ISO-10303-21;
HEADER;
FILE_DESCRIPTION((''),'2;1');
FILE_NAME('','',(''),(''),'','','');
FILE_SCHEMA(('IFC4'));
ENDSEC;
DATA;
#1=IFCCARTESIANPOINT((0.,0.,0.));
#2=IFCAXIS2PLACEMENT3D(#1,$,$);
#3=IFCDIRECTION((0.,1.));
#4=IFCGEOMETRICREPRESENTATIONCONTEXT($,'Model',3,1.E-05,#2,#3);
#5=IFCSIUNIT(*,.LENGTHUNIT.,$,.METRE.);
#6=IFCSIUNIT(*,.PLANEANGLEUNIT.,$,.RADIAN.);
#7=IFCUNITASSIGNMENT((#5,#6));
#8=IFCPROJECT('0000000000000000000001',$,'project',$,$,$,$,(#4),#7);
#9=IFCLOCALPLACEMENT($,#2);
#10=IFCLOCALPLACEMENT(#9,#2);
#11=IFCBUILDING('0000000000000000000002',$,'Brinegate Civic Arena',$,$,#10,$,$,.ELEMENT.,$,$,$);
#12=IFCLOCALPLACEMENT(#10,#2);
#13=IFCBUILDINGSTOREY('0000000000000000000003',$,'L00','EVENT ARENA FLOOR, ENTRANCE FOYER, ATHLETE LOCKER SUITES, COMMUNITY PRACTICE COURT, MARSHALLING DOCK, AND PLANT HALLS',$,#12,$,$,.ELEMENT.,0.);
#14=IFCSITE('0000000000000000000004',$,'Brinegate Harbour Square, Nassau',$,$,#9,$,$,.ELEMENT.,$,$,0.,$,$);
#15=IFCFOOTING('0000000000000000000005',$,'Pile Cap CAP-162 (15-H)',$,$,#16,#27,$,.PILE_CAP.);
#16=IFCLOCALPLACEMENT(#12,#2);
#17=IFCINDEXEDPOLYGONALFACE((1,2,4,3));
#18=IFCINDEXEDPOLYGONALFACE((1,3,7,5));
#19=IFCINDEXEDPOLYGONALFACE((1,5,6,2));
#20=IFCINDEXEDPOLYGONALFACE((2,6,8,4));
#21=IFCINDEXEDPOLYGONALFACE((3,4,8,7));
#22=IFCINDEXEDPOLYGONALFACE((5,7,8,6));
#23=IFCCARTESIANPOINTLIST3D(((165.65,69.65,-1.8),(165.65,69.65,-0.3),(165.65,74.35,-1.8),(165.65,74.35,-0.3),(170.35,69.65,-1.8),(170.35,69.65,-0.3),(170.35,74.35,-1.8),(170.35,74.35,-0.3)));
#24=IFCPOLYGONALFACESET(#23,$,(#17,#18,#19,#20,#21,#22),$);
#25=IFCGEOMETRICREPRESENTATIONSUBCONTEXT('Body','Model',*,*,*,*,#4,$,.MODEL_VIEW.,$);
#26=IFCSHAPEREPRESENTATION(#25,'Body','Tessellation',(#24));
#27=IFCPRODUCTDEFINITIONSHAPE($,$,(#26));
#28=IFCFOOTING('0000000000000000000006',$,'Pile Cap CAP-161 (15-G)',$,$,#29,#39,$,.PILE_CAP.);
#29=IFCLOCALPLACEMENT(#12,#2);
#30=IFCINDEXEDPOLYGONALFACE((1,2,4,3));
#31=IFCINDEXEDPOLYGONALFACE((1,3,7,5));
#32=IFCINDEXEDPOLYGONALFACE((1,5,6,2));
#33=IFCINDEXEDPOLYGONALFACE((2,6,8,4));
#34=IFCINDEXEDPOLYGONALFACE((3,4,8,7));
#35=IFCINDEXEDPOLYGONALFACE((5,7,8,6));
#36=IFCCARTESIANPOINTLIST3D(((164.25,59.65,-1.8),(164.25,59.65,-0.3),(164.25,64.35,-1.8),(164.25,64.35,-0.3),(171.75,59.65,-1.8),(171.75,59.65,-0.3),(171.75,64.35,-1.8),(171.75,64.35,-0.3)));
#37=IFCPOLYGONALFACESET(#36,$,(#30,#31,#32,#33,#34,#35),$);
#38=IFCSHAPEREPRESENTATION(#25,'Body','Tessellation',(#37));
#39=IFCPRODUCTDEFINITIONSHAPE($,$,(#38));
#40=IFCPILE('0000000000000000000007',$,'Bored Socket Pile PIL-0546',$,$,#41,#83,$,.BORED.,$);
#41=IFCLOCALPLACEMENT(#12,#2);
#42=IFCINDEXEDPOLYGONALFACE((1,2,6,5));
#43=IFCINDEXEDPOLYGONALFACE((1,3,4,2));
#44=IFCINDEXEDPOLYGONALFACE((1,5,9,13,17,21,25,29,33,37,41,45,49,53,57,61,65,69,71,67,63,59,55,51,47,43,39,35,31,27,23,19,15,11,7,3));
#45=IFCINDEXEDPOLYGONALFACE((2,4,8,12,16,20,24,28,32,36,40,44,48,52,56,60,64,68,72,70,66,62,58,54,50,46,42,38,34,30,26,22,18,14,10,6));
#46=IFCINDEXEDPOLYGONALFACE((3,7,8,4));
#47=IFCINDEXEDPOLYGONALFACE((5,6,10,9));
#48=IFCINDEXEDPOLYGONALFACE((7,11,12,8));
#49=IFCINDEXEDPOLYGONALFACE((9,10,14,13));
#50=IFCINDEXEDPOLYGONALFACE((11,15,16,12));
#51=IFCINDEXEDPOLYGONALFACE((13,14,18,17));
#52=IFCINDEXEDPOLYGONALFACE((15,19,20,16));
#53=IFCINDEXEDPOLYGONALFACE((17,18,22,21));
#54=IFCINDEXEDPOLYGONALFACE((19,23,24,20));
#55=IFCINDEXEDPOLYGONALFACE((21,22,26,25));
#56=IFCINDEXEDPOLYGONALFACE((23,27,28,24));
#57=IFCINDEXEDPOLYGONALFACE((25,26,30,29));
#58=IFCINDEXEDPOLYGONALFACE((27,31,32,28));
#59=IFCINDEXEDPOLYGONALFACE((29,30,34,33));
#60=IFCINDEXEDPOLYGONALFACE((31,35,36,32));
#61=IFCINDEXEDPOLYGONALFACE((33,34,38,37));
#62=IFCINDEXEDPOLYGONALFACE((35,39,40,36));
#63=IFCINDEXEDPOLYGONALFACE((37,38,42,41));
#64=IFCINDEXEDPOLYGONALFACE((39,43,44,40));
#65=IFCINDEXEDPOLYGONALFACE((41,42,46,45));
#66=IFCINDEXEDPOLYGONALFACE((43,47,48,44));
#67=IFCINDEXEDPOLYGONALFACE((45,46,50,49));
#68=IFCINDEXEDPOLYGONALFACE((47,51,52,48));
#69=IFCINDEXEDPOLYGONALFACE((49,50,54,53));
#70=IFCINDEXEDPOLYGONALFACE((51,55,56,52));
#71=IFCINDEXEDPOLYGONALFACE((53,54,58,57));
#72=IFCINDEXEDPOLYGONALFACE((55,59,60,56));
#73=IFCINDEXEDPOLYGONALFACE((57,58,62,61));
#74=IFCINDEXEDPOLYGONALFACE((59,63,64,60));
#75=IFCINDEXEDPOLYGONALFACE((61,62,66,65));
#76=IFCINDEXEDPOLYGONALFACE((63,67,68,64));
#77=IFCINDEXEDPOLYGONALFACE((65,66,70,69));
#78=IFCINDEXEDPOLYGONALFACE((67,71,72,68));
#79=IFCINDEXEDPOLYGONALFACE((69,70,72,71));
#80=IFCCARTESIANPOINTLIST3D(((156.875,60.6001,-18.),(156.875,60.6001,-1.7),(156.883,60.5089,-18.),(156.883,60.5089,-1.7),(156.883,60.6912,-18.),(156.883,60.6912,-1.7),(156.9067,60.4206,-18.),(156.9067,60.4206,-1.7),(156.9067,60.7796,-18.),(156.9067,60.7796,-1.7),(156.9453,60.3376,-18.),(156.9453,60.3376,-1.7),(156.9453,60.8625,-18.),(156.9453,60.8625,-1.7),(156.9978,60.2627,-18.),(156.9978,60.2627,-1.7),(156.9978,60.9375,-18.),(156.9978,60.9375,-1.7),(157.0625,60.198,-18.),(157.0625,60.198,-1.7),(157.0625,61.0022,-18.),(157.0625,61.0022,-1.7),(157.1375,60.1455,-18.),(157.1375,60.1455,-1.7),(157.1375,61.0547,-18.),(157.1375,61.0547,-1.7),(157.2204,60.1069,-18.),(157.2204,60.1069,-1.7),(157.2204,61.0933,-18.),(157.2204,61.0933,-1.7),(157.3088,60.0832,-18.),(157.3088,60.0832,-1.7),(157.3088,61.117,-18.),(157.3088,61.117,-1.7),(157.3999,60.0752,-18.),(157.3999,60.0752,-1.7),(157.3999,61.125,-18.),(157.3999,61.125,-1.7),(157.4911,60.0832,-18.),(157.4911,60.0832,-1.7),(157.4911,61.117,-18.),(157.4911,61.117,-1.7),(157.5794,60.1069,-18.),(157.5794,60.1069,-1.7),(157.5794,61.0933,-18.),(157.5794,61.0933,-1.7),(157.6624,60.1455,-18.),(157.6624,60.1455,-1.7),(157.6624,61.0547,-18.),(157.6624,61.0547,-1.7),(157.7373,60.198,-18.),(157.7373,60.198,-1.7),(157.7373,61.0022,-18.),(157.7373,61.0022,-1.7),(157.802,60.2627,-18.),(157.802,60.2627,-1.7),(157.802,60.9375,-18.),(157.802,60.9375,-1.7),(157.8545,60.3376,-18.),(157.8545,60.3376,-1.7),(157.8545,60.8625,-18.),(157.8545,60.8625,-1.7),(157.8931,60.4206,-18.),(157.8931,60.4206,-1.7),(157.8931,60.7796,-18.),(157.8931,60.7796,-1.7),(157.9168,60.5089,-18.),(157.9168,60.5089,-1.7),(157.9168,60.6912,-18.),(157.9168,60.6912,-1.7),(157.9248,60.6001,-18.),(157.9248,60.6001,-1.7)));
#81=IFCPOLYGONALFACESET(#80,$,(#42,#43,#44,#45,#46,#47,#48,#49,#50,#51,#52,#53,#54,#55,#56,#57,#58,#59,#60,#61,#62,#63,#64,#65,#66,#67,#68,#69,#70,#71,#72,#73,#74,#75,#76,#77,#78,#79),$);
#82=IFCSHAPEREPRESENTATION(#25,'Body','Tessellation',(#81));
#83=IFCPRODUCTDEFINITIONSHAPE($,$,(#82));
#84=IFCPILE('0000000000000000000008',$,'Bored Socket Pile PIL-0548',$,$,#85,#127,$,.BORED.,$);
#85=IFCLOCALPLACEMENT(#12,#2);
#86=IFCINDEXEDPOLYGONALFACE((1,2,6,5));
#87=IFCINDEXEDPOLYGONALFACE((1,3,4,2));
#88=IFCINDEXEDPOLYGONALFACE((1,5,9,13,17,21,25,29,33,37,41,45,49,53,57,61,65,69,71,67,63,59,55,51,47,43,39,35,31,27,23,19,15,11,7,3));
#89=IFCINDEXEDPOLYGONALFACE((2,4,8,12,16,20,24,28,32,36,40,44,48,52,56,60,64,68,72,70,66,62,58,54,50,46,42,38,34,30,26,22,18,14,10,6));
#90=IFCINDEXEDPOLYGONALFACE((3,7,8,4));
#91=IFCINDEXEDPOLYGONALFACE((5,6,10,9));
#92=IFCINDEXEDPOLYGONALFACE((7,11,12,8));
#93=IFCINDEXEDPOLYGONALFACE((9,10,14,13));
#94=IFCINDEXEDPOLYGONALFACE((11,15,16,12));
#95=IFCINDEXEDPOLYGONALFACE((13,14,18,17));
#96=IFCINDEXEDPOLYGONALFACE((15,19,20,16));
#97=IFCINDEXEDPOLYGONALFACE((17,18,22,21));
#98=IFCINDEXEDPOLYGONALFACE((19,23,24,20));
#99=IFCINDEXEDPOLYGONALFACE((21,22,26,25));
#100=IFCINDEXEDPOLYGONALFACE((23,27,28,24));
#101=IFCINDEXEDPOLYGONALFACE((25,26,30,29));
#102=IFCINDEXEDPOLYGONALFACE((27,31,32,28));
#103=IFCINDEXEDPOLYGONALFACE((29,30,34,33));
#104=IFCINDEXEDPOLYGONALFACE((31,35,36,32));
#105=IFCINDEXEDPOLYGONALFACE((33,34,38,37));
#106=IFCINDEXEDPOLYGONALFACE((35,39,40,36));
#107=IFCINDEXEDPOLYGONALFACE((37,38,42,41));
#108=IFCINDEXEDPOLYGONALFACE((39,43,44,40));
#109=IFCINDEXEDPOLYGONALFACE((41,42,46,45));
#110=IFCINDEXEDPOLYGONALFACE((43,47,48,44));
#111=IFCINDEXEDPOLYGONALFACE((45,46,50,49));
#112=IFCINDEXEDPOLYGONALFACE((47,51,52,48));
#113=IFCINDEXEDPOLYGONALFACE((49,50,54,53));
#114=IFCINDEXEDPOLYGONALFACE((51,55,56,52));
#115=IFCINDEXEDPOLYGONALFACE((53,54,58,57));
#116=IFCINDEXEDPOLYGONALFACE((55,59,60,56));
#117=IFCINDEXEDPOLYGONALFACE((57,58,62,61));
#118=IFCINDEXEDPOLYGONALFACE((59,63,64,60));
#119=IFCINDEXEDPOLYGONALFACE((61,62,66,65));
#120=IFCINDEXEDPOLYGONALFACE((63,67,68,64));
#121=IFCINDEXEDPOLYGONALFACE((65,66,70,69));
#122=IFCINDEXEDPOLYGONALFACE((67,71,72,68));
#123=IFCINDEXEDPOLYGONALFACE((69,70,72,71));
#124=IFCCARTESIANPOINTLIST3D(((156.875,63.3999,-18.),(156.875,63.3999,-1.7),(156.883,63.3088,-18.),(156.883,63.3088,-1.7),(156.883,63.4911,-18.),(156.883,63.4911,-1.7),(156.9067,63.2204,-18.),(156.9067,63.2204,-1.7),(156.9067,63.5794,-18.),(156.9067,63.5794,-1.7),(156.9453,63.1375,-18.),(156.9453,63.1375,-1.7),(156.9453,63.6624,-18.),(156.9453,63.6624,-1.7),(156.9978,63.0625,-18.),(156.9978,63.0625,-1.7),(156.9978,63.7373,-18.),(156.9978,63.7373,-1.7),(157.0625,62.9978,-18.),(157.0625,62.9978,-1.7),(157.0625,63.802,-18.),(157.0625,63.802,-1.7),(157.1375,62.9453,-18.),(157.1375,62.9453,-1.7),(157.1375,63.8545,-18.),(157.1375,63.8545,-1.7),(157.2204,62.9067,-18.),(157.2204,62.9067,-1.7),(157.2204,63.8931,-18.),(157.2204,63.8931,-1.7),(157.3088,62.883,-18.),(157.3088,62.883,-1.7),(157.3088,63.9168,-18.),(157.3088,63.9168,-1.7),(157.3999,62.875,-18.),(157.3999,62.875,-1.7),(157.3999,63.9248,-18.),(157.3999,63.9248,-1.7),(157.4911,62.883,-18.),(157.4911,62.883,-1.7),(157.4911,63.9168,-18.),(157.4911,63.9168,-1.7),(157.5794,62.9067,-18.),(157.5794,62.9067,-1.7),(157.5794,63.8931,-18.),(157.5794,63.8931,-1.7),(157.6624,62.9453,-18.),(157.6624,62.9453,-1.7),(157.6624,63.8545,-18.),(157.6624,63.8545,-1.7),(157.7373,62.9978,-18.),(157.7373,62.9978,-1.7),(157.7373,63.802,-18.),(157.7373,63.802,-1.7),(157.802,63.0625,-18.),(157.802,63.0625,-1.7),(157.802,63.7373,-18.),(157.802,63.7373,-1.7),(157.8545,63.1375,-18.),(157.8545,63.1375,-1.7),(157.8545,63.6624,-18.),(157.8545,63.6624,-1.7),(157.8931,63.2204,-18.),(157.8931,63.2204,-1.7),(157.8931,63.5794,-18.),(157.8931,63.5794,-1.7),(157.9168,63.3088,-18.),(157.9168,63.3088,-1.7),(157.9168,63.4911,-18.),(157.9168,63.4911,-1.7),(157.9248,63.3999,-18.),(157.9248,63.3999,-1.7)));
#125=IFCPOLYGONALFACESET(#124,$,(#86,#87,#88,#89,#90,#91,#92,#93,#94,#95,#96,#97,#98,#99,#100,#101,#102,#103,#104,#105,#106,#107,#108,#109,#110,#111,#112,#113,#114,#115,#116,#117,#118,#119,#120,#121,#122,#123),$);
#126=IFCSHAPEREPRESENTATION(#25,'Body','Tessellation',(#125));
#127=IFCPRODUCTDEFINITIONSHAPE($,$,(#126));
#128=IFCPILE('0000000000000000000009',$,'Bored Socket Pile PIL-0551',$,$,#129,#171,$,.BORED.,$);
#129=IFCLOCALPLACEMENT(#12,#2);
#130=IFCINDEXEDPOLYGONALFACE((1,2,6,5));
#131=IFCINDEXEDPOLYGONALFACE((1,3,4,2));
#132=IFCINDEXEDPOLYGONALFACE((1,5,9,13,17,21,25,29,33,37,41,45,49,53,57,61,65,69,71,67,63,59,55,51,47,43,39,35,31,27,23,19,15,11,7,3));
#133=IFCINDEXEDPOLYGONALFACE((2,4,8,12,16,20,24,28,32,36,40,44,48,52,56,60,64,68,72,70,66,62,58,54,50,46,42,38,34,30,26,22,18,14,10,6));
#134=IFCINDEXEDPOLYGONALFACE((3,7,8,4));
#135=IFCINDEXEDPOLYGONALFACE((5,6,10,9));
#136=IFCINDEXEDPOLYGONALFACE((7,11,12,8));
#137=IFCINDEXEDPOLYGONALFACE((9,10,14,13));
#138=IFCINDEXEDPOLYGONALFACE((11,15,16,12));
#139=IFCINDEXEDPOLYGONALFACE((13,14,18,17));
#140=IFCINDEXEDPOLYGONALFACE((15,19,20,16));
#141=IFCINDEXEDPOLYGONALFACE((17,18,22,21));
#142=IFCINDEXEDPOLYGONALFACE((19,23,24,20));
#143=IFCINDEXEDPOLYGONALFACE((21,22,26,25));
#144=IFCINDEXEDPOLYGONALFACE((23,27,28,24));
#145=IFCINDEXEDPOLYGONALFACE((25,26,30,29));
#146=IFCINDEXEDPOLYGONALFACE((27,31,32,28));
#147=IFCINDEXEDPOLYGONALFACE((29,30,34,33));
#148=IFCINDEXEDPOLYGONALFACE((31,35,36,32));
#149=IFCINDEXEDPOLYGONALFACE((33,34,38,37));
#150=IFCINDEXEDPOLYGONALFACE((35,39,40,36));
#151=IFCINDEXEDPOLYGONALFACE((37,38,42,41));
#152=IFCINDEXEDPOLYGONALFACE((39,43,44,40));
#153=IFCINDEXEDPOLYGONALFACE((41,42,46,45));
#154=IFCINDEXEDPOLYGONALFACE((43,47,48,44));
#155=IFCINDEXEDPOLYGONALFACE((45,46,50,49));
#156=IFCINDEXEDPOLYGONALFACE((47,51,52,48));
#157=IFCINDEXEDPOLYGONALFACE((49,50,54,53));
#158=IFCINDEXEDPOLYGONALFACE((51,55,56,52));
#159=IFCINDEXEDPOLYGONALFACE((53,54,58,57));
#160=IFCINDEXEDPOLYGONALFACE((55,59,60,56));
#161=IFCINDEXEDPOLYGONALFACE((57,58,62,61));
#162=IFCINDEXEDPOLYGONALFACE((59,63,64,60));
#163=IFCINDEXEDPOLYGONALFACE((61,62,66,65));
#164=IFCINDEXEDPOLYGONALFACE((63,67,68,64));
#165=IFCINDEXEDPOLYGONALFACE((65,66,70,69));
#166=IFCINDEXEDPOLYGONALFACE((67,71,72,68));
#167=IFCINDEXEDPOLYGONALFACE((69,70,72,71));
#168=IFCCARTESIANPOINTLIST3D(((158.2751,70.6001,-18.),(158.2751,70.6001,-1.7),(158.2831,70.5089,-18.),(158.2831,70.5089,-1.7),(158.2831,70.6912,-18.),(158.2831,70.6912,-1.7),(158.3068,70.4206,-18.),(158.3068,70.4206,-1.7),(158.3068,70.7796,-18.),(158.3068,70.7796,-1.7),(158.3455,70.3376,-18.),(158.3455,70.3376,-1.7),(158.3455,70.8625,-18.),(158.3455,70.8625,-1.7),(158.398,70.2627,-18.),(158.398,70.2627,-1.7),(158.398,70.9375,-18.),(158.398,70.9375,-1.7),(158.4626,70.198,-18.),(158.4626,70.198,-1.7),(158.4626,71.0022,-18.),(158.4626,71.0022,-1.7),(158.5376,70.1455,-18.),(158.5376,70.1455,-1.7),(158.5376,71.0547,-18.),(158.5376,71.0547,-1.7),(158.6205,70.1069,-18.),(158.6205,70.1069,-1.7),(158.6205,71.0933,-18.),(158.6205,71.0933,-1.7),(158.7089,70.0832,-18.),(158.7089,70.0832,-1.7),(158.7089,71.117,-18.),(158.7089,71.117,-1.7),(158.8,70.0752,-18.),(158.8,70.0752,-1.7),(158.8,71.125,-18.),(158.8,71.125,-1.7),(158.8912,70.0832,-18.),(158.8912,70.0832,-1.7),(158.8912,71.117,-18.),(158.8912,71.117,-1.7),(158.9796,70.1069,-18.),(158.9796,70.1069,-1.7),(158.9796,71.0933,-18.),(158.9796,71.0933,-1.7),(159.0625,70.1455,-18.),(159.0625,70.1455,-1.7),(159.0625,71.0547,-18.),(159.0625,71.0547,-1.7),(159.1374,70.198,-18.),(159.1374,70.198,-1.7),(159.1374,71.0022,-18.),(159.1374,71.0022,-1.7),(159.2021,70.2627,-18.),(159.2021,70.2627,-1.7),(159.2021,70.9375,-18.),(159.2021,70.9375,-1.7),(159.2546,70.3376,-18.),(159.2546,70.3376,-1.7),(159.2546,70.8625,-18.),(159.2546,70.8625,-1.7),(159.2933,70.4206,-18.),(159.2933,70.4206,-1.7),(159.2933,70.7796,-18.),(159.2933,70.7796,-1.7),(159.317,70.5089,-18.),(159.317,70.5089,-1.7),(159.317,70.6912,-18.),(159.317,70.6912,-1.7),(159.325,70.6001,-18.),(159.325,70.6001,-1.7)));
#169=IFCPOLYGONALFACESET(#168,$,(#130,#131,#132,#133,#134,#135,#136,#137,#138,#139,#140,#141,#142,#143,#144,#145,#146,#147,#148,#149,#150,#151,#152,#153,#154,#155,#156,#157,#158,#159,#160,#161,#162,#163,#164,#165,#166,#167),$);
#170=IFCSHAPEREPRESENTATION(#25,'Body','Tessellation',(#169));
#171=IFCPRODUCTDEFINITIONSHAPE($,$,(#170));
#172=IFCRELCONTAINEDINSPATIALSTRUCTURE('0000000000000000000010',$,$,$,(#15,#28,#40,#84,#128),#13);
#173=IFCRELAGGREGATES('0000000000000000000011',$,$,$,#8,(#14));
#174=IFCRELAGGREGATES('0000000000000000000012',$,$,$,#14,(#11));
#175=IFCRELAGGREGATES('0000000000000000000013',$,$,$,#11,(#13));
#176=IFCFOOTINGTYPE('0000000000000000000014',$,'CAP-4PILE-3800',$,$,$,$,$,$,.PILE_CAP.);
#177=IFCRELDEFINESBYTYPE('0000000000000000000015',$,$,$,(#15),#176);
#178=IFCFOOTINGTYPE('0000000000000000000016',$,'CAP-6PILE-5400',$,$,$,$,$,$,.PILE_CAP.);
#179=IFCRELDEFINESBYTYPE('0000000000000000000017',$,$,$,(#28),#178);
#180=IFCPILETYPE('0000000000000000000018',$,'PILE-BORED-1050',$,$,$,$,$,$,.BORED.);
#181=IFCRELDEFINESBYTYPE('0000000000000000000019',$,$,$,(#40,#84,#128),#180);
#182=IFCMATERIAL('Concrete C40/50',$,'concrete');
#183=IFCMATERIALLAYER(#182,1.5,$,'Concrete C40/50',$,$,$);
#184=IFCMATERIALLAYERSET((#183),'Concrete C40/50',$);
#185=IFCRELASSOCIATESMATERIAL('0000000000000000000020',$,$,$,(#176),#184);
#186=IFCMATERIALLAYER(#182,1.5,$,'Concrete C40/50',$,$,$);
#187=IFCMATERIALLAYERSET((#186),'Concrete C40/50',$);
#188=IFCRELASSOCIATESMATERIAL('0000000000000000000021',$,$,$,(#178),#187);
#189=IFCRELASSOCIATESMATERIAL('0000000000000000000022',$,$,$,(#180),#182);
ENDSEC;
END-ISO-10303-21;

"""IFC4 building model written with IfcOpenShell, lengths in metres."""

from ifc_helpers import new_model, si_unit, direction, frame, origin, origin_2d, place, context, subcontext, project, spatial, rectangle, circle, extrude, material, layer, layer_set, material_profile, profile_set, type_object, element, save


model = new_model("IFC4")

# Units and contexts
model_context = context("Model", 3, precision=1e-05, world=origin(), true_north=direction((0.0, 1.0)))
body_context = subcontext(model_context, "Body", "Model", "MODEL_VIEW")
ifc_project = project(units=[si_unit("LENGTHUNIT", "METRE"), si_unit("PLANEANGLEUNIT", "RADIAN")], contexts=[model_context])

# Site, building, storey
site_placement = place(None, origin())
site = spatial("IfcSite", under=ifc_project, at=site_placement, Name="Brinegate Harbour Square, Nassau", CompositionType="ELEMENT", RefElevation=0.0)
building_placement = place(site_placement, origin())
building = spatial("IfcBuilding", under=site, at=building_placement, Name="Brinegate Civic Arena", CompositionType="ELEMENT")
storey_placement = place(building_placement, origin())
storey = spatial("IfcBuildingStorey", under=building, at=storey_placement, Name="L00", Description="EVENT ARENA FLOOR, ENTRANCE FOYER, ATHLETE LOCKER SUITES, COMMUNITY PRACTICE COURT, MARSHALLING DOCK, AND PLANT HALLS", CompositionType="ELEMENT", Elevation=0.0)

# Footings
ifc_material_1 = material(Name="Concrete C40/50", Category="concrete")
ifc_layer_1 = layer(ifc_material_1, 1.5, Name="Concrete C40/50")
ifc_layer_set_1 = layer_set([ifc_layer_1], Name="Concrete C40/50")
footing_type_1 = type_object("IfcFootingType", Name="CAP-4PILE-3800", PredefinedType="PILE_CAP", material=ifc_layer_set_1)
footing_1_placement = place(storey_placement, frame((168.0, 72.0, -1.8), z_axis=(0.0, 0.0, 1.0), x_axis=(1.0, 0.0, 0.0)))
element("IfcFooting", 1, at=footing_1_placement, inside=storey, type_object=footing_type_1, Name="Pile Cap CAP-162 (15-H)", PredefinedType="PILE_CAP", context=body_context, shape_type="SweptSolid", body=[
    extrude(rectangle(XDim=4.7, YDim=4.7, at=origin_2d()), origin(), (0.0, 0.0, 1.0), 1.5),
])
ifc_layer_2 = layer(ifc_material_1, 1.5, Name="Concrete C40/50")
ifc_layer_set_2 = layer_set([ifc_layer_2], Name="Concrete C40/50")
footing_type_2 = type_object("IfcFootingType", Name="CAP-6PILE-5400", PredefinedType="PILE_CAP", material=ifc_layer_set_2)
footing_2_placement = place(storey_placement, frame((168.0, 62.0, -1.8), z_axis=(0.0, 0.0, 1.0), x_axis=(1.0, 0.0, 0.0)))
element("IfcFooting", 2, at=footing_2_placement, inside=storey, type_object=footing_type_2, Name="Pile Cap CAP-161 (15-G)", PredefinedType="PILE_CAP", context=body_context, shape_type="SweptSolid", body=[
    extrude(rectangle(XDim=7.5, YDim=4.7, at=origin_2d()), origin(), (0.0, 0.0, 1.0), 1.5),
])

# Piles
ifc_material_profile_1 = material_profile(ifc_material_1, circle(Radius=0.5249, at=origin_2d()), Name="PILED1050")
ifc_profile_set_1 = profile_set([ifc_material_profile_1], Name="Concrete C40/50")
pile_type_1 = type_object("IfcPileType", Name="PILE-BORED-1050", PredefinedType="BORED", material=ifc_profile_set_1)
for number, where, z_axis, x_axis, name in (
    (3, (157.3999, 60.6001, -1.7), (0.0, 0.0, -1.0), (1.0, 0.0, 0.0), "Bored Socket Pile PIL-0546"),
    (4, (157.3999, 63.3999, -1.7), (0.0, 0.0, -1.0), (1.0, 0.0, 0.0), "Bored Socket Pile PIL-0548"),
    (5, (158.8, 70.6001, -1.7), (0.0, 0.0, -1.0), (1.0, 0.0, 0.0), "Bored Socket Pile PIL-0551"),
):
    element("IfcPile", number, at=place(storey_placement, frame(where, z_axis=z_axis, x_axis=x_axis)), inside=storey, type_object=pile_type_1, Name=name, PredefinedType="BORED", context=body_context, shape_type="SweptSolid", body=[
        extrude(circle(Radius=0.5249, at=origin_2d()), origin(), (0.0, 0.0, 1.0), 16.3),
    ])

save(model, "model.ifc")
